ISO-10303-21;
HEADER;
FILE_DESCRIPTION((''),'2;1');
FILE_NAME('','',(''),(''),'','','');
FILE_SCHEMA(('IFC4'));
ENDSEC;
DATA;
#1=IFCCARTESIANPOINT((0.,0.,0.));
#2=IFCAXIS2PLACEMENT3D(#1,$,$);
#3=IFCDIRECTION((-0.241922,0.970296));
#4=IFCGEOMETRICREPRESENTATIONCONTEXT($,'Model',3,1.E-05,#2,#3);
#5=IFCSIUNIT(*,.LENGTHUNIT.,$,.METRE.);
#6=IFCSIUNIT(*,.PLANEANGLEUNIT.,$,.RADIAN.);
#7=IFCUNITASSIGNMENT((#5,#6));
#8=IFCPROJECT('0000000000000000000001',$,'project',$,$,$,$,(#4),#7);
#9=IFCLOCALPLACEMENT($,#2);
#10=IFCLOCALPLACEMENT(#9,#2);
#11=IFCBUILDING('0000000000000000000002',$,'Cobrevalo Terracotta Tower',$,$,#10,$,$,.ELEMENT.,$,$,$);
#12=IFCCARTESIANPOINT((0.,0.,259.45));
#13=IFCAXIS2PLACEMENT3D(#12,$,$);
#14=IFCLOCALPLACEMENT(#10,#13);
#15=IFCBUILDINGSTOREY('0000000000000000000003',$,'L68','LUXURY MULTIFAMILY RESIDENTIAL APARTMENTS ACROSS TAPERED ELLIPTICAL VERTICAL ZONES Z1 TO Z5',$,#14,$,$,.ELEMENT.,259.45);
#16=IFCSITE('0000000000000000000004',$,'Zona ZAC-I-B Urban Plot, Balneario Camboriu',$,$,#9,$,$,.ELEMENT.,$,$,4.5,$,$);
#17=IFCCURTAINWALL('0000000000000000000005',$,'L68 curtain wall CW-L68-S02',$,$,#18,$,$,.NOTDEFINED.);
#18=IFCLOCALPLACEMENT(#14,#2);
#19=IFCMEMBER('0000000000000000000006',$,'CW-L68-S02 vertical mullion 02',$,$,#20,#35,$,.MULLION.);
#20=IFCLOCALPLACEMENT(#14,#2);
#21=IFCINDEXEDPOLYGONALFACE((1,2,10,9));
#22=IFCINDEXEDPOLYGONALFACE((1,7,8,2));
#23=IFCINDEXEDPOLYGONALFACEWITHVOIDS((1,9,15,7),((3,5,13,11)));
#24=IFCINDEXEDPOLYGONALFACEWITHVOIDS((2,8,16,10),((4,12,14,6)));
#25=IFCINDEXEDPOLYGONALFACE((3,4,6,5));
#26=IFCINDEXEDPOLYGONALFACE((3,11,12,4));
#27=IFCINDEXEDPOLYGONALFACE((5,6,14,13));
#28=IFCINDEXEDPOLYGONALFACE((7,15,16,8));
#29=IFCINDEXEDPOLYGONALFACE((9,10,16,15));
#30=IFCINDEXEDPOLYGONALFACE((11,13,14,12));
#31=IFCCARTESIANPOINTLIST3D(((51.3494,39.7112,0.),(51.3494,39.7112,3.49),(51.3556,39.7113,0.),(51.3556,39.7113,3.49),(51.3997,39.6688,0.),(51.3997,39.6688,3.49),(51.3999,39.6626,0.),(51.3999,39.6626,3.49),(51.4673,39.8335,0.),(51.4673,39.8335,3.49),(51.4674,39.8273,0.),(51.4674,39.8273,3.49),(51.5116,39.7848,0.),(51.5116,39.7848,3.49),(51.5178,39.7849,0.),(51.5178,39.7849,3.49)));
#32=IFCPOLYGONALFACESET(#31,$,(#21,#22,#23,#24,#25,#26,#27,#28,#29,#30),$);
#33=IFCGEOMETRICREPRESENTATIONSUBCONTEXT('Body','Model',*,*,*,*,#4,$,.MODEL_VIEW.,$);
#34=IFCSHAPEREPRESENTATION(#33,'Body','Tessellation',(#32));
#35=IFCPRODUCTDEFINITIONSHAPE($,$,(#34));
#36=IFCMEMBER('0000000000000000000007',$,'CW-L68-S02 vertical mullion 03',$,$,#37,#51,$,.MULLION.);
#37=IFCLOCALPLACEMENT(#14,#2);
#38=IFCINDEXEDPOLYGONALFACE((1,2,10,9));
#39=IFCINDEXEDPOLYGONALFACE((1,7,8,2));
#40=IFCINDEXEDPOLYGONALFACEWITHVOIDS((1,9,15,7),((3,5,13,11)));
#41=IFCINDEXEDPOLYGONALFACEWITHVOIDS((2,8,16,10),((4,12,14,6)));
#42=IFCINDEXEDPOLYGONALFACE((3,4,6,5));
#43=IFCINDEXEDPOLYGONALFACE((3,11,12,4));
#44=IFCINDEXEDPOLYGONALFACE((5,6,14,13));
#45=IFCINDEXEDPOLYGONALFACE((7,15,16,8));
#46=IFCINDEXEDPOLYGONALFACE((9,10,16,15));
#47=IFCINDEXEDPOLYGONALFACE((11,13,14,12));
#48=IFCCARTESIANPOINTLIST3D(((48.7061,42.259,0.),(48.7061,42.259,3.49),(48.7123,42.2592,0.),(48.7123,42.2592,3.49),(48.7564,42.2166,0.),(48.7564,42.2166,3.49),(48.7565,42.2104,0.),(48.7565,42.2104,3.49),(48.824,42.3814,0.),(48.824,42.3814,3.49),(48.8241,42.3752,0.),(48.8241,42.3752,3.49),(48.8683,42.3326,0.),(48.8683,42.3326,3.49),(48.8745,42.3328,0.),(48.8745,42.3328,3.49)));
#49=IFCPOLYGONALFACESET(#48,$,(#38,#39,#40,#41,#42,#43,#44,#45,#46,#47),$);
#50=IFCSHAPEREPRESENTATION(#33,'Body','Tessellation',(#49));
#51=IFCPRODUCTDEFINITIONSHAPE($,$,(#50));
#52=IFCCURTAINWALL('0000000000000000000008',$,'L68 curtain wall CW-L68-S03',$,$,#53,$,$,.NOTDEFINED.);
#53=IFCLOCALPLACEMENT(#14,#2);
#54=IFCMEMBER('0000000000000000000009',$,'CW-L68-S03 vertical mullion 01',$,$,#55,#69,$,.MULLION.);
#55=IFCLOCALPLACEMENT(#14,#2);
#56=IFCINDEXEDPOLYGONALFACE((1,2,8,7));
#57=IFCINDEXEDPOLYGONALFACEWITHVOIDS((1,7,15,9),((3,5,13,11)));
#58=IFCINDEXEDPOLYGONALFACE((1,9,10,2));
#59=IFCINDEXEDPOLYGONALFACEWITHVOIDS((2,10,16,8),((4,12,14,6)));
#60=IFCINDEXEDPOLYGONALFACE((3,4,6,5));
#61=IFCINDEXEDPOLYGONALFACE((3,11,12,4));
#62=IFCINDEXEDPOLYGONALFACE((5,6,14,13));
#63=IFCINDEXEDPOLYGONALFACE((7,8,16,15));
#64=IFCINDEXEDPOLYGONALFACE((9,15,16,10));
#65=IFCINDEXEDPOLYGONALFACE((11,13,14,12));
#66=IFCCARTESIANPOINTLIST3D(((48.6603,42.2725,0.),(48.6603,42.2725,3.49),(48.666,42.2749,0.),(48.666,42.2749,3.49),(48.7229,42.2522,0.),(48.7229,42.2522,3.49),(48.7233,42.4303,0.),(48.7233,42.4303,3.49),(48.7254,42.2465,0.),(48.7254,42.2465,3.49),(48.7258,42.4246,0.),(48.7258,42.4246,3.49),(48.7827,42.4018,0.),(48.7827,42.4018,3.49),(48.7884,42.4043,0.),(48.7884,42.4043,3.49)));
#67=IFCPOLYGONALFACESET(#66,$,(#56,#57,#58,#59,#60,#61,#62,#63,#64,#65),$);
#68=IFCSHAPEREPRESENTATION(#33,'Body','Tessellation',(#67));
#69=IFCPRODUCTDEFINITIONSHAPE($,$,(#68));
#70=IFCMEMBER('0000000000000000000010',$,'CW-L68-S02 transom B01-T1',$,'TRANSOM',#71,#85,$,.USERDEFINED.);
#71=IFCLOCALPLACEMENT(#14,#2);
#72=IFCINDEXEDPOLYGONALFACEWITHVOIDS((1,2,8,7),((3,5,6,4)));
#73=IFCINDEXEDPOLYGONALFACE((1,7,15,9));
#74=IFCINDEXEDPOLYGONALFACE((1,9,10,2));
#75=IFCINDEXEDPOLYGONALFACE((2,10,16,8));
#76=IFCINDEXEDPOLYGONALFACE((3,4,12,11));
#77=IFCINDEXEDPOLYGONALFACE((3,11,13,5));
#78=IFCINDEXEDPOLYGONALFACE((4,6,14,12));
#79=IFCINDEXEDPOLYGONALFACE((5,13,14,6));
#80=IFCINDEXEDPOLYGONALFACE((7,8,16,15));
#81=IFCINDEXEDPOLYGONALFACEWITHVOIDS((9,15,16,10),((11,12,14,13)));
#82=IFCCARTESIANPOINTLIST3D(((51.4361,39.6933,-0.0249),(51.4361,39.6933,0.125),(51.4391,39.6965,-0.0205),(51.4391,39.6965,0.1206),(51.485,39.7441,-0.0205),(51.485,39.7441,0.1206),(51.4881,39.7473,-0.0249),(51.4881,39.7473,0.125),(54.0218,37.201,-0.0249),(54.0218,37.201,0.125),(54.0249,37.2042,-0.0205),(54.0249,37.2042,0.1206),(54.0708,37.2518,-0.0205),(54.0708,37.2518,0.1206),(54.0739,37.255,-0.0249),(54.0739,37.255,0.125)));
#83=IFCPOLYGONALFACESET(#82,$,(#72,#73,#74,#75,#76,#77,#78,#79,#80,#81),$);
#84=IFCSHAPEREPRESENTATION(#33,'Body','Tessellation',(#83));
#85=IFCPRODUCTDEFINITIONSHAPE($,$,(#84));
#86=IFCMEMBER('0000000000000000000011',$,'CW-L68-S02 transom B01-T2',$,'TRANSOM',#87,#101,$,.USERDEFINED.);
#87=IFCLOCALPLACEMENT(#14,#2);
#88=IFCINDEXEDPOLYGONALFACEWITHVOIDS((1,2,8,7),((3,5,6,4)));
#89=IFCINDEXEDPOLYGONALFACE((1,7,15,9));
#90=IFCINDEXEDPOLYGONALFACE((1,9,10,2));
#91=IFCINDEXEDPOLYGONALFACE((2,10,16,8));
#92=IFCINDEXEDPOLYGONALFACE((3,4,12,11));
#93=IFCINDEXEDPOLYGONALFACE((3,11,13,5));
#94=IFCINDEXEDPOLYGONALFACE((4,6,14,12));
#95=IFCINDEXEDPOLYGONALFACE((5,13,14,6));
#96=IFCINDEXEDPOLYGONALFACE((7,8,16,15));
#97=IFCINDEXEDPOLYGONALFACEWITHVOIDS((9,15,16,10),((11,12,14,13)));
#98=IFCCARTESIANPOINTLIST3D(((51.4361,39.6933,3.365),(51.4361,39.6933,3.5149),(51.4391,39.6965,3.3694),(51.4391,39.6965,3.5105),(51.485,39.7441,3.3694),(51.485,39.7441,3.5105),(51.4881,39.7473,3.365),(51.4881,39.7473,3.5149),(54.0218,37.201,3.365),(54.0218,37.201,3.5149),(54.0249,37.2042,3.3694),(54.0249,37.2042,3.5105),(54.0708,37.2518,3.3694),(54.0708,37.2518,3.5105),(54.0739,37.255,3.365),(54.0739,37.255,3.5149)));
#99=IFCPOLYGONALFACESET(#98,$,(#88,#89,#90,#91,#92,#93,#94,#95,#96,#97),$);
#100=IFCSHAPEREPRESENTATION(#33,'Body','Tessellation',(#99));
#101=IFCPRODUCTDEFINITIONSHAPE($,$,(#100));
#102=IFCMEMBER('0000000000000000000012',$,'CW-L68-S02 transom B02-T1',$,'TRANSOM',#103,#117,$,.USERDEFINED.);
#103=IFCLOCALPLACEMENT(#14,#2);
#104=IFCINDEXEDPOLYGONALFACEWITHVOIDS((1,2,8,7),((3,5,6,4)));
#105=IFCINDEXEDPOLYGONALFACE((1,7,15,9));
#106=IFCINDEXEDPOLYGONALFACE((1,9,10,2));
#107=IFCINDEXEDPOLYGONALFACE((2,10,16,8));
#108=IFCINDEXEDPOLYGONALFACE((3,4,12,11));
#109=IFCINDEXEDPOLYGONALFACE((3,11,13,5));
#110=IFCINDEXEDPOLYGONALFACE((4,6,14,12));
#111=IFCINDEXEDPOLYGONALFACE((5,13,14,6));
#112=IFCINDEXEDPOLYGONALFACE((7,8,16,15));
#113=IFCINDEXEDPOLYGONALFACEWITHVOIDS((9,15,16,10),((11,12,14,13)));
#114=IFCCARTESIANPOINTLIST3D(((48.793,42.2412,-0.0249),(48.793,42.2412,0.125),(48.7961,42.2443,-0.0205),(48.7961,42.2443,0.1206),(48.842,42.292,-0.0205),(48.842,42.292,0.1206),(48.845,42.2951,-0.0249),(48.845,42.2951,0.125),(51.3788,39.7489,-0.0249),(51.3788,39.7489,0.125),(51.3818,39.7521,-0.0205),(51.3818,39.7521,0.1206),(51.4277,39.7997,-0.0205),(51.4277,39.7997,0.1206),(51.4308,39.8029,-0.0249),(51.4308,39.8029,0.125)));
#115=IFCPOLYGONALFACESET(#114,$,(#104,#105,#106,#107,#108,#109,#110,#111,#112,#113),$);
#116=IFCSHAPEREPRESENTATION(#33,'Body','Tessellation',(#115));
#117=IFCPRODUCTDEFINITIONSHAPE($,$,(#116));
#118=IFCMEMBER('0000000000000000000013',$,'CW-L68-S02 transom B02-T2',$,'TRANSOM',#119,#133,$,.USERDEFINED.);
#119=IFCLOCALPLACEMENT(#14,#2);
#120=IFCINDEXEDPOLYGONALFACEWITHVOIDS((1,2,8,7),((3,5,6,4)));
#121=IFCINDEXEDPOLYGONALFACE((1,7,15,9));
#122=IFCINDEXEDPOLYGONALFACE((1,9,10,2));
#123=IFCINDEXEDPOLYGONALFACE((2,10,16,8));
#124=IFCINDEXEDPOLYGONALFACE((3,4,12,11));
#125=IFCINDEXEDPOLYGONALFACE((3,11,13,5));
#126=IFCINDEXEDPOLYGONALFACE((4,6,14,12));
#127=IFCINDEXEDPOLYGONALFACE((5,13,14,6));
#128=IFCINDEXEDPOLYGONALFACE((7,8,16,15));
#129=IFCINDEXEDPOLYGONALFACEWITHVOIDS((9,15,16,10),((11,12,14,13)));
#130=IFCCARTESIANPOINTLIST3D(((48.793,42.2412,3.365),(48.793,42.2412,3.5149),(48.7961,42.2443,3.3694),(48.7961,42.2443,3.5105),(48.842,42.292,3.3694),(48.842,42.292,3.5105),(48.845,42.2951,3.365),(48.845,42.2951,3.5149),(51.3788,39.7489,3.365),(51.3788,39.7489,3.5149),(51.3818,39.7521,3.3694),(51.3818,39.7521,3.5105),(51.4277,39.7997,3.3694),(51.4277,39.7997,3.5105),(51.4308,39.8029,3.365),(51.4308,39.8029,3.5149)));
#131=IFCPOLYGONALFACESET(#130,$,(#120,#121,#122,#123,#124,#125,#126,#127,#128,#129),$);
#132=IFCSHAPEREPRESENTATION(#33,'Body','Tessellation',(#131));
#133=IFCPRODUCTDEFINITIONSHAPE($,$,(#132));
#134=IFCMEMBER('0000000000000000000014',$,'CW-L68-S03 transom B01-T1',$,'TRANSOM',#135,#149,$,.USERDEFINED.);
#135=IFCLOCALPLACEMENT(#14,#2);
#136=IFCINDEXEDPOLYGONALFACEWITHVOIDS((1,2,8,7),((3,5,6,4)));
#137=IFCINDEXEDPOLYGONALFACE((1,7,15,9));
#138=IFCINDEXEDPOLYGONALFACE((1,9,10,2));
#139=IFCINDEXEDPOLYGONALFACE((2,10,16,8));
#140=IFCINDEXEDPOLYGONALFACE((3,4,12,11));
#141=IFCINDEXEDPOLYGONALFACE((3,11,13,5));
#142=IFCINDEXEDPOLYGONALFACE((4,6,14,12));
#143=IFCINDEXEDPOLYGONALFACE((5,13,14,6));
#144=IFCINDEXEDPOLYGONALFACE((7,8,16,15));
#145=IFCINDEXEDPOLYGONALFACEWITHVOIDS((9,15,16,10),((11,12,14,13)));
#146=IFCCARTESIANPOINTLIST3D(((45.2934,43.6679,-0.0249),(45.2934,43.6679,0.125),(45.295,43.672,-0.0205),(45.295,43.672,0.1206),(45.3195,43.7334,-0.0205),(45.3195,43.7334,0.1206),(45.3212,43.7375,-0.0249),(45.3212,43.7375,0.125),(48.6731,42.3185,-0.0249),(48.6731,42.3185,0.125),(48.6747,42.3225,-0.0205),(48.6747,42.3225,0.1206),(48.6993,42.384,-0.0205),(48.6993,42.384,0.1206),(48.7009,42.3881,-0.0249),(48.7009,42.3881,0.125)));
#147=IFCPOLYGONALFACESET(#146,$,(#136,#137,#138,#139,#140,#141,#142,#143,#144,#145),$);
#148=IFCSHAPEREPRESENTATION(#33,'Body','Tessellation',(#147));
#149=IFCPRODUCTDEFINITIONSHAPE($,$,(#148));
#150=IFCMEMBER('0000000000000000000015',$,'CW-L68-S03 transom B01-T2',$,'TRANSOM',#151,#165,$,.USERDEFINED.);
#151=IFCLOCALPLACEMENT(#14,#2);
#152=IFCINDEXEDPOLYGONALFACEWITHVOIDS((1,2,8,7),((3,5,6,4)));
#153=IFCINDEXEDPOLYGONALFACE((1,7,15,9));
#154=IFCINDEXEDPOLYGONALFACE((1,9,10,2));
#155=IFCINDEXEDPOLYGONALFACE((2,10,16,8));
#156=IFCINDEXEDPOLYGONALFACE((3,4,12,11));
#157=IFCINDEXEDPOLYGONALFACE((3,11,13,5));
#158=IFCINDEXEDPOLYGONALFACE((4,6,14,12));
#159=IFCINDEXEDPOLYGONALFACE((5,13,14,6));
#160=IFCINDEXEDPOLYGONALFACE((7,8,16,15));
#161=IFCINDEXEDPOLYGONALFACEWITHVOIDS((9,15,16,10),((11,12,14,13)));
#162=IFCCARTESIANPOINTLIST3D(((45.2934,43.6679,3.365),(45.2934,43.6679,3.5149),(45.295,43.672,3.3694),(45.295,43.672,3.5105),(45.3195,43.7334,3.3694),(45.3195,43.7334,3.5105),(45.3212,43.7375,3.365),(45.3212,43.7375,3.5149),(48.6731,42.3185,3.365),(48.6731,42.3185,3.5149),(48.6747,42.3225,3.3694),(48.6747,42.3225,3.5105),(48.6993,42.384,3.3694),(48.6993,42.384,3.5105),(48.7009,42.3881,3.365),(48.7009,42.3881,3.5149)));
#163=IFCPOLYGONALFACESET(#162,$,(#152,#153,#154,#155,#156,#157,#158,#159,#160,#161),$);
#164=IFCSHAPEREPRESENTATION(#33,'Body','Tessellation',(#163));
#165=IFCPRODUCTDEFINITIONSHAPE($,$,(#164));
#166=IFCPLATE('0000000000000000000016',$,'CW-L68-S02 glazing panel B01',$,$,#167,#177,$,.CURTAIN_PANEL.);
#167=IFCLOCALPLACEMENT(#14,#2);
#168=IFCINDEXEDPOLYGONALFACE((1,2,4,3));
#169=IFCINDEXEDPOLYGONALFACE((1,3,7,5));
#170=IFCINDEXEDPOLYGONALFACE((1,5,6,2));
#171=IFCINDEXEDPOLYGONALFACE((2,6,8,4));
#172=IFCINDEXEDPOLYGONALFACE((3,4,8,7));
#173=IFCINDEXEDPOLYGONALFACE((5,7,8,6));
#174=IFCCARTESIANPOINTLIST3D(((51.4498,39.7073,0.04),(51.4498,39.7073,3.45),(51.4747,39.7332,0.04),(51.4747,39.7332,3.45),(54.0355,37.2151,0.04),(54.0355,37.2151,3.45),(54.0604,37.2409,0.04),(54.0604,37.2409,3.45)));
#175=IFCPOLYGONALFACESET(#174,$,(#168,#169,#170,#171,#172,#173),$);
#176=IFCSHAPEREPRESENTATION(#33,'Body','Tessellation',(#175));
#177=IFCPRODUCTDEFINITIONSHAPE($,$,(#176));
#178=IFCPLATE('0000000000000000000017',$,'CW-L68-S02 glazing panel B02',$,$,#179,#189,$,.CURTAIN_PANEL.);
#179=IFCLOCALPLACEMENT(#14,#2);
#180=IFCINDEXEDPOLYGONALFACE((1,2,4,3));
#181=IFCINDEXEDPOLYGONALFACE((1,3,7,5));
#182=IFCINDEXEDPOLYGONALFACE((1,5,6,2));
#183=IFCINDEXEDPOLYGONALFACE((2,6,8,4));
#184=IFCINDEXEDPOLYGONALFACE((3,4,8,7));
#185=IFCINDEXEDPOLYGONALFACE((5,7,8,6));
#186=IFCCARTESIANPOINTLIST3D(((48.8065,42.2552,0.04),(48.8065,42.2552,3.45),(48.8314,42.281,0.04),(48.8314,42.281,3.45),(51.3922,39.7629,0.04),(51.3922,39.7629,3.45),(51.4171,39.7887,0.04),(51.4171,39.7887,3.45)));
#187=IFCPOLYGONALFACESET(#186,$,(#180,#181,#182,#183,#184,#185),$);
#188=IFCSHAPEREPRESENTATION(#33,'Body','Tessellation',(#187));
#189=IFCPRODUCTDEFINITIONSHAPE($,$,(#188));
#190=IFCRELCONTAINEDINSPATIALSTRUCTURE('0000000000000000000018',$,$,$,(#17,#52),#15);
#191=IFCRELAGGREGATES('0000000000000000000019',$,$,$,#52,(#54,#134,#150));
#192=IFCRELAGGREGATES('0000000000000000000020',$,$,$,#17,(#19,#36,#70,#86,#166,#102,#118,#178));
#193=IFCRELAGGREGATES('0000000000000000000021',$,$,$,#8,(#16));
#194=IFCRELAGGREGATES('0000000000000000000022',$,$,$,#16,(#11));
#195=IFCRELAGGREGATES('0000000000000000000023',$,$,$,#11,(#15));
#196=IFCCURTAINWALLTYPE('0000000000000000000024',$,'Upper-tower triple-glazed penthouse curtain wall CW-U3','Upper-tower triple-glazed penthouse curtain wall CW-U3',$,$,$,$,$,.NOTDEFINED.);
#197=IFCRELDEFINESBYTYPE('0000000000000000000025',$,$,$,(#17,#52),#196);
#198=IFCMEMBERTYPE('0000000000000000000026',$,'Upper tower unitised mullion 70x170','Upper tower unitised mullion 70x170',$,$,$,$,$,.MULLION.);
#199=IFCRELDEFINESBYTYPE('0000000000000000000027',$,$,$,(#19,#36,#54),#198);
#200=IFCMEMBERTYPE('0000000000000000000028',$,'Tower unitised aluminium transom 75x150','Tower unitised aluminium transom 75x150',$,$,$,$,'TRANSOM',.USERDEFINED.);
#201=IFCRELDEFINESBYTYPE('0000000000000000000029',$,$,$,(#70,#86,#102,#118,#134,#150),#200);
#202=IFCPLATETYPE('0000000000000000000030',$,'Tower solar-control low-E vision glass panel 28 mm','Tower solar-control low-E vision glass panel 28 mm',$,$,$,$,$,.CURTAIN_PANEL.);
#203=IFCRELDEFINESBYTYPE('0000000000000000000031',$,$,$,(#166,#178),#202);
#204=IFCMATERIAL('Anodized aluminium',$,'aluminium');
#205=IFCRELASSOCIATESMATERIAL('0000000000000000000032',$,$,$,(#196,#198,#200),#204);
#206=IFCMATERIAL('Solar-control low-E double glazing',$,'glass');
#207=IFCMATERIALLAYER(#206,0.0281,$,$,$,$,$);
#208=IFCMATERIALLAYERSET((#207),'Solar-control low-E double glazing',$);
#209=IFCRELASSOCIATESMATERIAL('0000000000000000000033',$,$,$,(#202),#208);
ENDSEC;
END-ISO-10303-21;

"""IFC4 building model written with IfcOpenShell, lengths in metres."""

from ifc_helpers import new_model, si_unit, direction, frame, origin, origin_2d, place, context, subcontext, project, spatial, rectangle, hollow_rectangle, extrude, source, transform, mapped, material, layer, layer_set, material_profile, profile_set, type_object, element, aggregate, save


model = new_model("IFC4")

# Units and contexts
model_context = context("Model", 3, precision=1e-05, world=origin(), true_north=direction((-0.241922, 0.970296)))
body_context = subcontext(model_context, "Body", "Model", "MODEL_VIEW")
ifc_project = project(units=[si_unit("LENGTHUNIT", "METRE"), si_unit("PLANEANGLEUNIT", "RADIAN")], contexts=[model_context])

# Site, building, storey
site_placement = place(None, origin())
site = spatial("IfcSite", under=ifc_project, at=site_placement, Name="Zona ZAC-I-B Urban Plot, Balneario Camboriu", CompositionType="ELEMENT", RefElevation=4.5)
building_placement = place(site_placement, origin())
building = spatial("IfcBuilding", under=site, at=building_placement, Name="Cobrevalo Terracotta Tower", CompositionType="ELEMENT")
storey_placement = place(building_placement, frame((0.0, 0.0, 259.45)))
storey = spatial("IfcBuildingStorey", under=building, at=storey_placement, Name="L68", Description="LUXURY MULTIFAMILY RESIDENTIAL APARTMENTS ACROSS TAPERED ELLIPTICAL VERTICAL ZONES Z1 TO Z5", CompositionType="ELEMENT", Elevation=259.45)

# Shared definitions
ifc_material_1 = material(Name="Anodized aluminium", Category="aluminium")
curtain_wall_type = type_object("IfcCurtainWallType", Name="Upper-tower triple-glazed penthouse curtain wall CW-U3", Description="Upper-tower triple-glazed penthouse curtain wall CW-U3", PredefinedType="NOTDEFINED", material=ifc_material_1)
ifc_material_profile_1 = material_profile(ifc_material_1, hollow_rectangle(XDim=0.0701, YDim=0.1699, WallThickness=0.0044, at=origin_2d()), Name="CWM 70x170")
ifc_profile_set_1 = profile_set([ifc_material_profile_1], Name="Anodized aluminium")
member_type_1 = type_object("IfcMemberType", Name="Upper tower unitised mullion 70x170", Description="Upper tower unitised mullion 70x170", PredefinedType="MULLION", material=ifc_profile_set_1)
shared_shape_1 = source(origin(), body_context, "Body", "SweptSolid", [
    extrude(hollow_rectangle(XDim=0.0701, YDim=0.1699, WallThickness=0.0044, at=origin_2d()), origin(), (0.0, 0.0, 1.0), 3.49),
])

# Curtain wall, members
curtain_wall_1_placement = place(storey_placement, origin())
curtain_wall_1 = element("IfcCurtainWall", 1, at=curtain_wall_1_placement, inside=storey, type_object=curtain_wall_type, Name="L68 curtain wall CW-L68-S02", PredefinedType="NOTDEFINED")
member_1_placement = place(storey_placement, frame((51.4336, 39.748, 0.0), z_axis=(0.0, 0.0, 1.0), x_axis=(-0.719994, 0.69398, 0.0)))
member_1 = element("IfcMember", 2, at=member_1_placement, type_object=member_type_1, Name="CW-L68-S02 vertical mullion 02", PredefinedType="MULLION", context=body_context, shape_type="MappedRepresentation", body=[
    mapped(shared_shape_1, transform((0.0, 0.0, 0.0), scale=1.0)),
])
member_2_placement = place(storey_placement, frame((48.7903, 42.2959, 0.0), z_axis=(0.0, 0.0, 1.0), x_axis=(-0.719994, 0.69398, 0.0)))
member_2 = element("IfcMember", 3, at=member_2_placement, type_object=member_type_1, Name="CW-L68-S02 vertical mullion 03", PredefinedType="MULLION", context=body_context, shape_type="MappedRepresentation", body=[
    mapped(shared_shape_1, transform((0.0, 0.0, 0.0), scale=1.0)),
])

# Curtain wall, member
curtain_wall_2_placement = place(storey_placement, origin())
curtain_wall_2 = element("IfcCurtainWall", 4, at=curtain_wall_2_placement, inside=storey, type_object=curtain_wall_type, Name="L68 curtain wall CW-L68-S03", PredefinedType="NOTDEFINED")
member_3_placement = place(storey_placement, frame((48.7244, 42.3384, 0.0), z_axis=(0.0, 0.0, 1.0), x_axis=(-0.928719, 0.370784, 0.0)))
member_3 = element("IfcMember", 5, at=member_3_placement, type_object=member_type_1, Name="CW-L68-S03 vertical mullion 01", PredefinedType="MULLION", context=body_context, shape_type="MappedRepresentation", body=[
    mapped(shared_shape_1, transform((0.0, 0.0, 0.0), scale=1.0)),
])

# Members
ifc_material_profile_2 = material_profile(ifc_material_1, hollow_rectangle(XDim=0.075, YDim=0.1499, WallThickness=0.0044, at=origin_2d()), Name="CWT 75x150")
ifc_profile_set_2 = profile_set([ifc_material_profile_2], Name="Anodized aluminium")
member_type_2 = type_object("IfcMemberType", Name="Tower unitised aluminium transom 75x150", Description="Tower unitised aluminium transom 75x150", ElementType="TRANSOM", PredefinedType="USERDEFINED", material=ifc_profile_set_2)
shared_shape_2 = source(origin(), body_context, "Body", "SweptSolid", [
    extrude(hollow_rectangle(XDim=0.075, YDim=0.1499, WallThickness=0.0044, at=origin_2d()), origin(), (0.0, 0.0, 1.0), 3.5913),
])
member_4_placement = place(storey_placement, frame((54.0479, 37.228, 0.05), z_axis=(-0.720006, 0.693968, 0.0), x_axis=(-0.693968, -0.720006, 0.0)))
member_4 = element("IfcMember", 6, at=member_4_placement, type_object=member_type_2, Name="CW-L68-S02 transom B01-T1", ObjectType="TRANSOM", PredefinedType="USERDEFINED", context=body_context, shape_type="MappedRepresentation", body=[
    mapped(shared_shape_2, transform((0.0, 0.0, 0.0), scale=1.0)),
])
member_5_placement = place(storey_placement, frame((54.0479, 37.228, 3.4399), z_axis=(-0.720006, 0.693968, 0.0), x_axis=(-0.693968, -0.720006, 0.0)))
member_5 = element("IfcMember", 7, at=member_5_placement, type_object=member_type_2, Name="CW-L68-S02 transom B01-T2", ObjectType="TRANSOM", PredefinedType="USERDEFINED", context=body_context, shape_type="MappedRepresentation", body=[
    mapped(shared_shape_2, transform((0.0, 0.0, 0.0), scale=1.0)),
])
member_6_placement = place(storey_placement, frame((51.4048, 39.7759, 0.05), z_axis=(-0.720006, 0.693968, 0.0), x_axis=(-0.693968, -0.720006, 0.0)))
member_6 = element("IfcMember", 8, at=member_6_placement, type_object=member_type_2, Name="CW-L68-S02 transom B02-T1", ObjectType="TRANSOM", PredefinedType="USERDEFINED", context=body_context, shape_type="MappedRepresentation", body=[
    mapped(shared_shape_2, transform((0.0, 0.0, 0.0), scale=1.0)),
])
member_7_placement = place(storey_placement, frame((51.4048, 39.7759, 3.4399), z_axis=(-0.720006, 0.693968, 0.0), x_axis=(-0.693968, -0.720006, 0.0)))
member_7 = element("IfcMember", 9, at=member_7_placement, type_object=member_type_2, Name="CW-L68-S02 transom B02-T2", ObjectType="TRANSOM", PredefinedType="USERDEFINED", context=body_context, shape_type="MappedRepresentation", body=[
    mapped(shared_shape_2, transform((0.0, 0.0, 0.0), scale=1.0)),
])
shared_shape_3 = source(origin(), body_context, "Body", "SweptSolid", [
    extrude(hollow_rectangle(XDim=0.075, YDim=0.1499, WallThickness=0.0044, at=origin_2d()), origin(), (0.0, 0.0, 1.0), 3.6392),
])
member_8_placement = place(storey_placement, frame((48.687, 42.3533, 0.05), z_axis=(-0.928712, 0.370801, 0.0), x_axis=(-0.370801, -0.928712, 0.0)))
member_8 = element("IfcMember", 10, at=member_8_placement, type_object=member_type_2, Name="CW-L68-S03 transom B01-T1", ObjectType="TRANSOM", PredefinedType="USERDEFINED", context=body_context, shape_type="MappedRepresentation", body=[
    mapped(shared_shape_3, transform((0.0, 0.0, 0.0), scale=1.0)),
])
member_9_placement = place(storey_placement, frame((48.687, 42.3533, 3.4399), z_axis=(-0.928712, 0.370801, 0.0), x_axis=(-0.370801, -0.928712, 0.0)))
member_9 = element("IfcMember", 11, at=member_9_placement, type_object=member_type_2, Name="CW-L68-S03 transom B01-T2", ObjectType="TRANSOM", PredefinedType="USERDEFINED", context=body_context, shape_type="MappedRepresentation", body=[
    mapped(shared_shape_3, transform((0.0, 0.0, 0.0), scale=1.0)),
])
aggregate(curtain_wall_2, [member_3, member_8, member_9])

# Plates
ifc_material_2 = material(Name="Solar-control low-E double glazing", Category="glass")
ifc_layer_1 = layer(ifc_material_2, 0.0281)
ifc_layer_set_1 = layer_set([ifc_layer_1], Name="Solar-control low-E double glazing")
plate_type = type_object("IfcPlateType", Name="Tower solar-control low-E vision glass panel 28 mm", Description="Tower solar-control low-E vision glass panel 28 mm", PredefinedType="CURTAIN_PANEL", material=ifc_layer_set_1)
shared_shape_4 = source(origin(), body_context, "Body", "SweptSolid", [
    extrude(rectangle(XDim=3.5913, YDim=0.0359, at=origin_2d()), origin(), (0.0, 0.0, 1.0), 3.4099),
])
plate_1_placement = place(storey_placement, frame((52.7551, 38.4741, 0.04), z_axis=(0.0, 0.0, 1.0), x_axis=(-0.719997, 0.693978, 0.0)))
plate_1 = element("IfcPlate", 12, at=plate_1_placement, type_object=plate_type, Name="CW-L68-S02 glazing panel B01", PredefinedType="CURTAIN_PANEL", context=body_context, shape_type="MappedRepresentation", body=[
    mapped(shared_shape_4, transform((0.0, 0.0, 0.0), scale=1.0)),
])
plate_2_placement = place(storey_placement, frame((50.1118, 41.022, 0.04), z_axis=(0.0, 0.0, 1.0), x_axis=(-0.719997, 0.693978, 0.0)))
plate_2 = element("IfcPlate", 13, at=plate_2_placement, type_object=plate_type, Name="CW-L68-S02 glazing panel B02", PredefinedType="CURTAIN_PANEL", context=body_context, shape_type="MappedRepresentation", body=[
    mapped(shared_shape_4, transform((0.0, 0.0, 0.0), scale=1.0)),
])
aggregate(curtain_wall_1, [member_1, member_2, member_4, member_5, plate_1, member_6, member_7, plate_2])

save(model, "model.ifc")
